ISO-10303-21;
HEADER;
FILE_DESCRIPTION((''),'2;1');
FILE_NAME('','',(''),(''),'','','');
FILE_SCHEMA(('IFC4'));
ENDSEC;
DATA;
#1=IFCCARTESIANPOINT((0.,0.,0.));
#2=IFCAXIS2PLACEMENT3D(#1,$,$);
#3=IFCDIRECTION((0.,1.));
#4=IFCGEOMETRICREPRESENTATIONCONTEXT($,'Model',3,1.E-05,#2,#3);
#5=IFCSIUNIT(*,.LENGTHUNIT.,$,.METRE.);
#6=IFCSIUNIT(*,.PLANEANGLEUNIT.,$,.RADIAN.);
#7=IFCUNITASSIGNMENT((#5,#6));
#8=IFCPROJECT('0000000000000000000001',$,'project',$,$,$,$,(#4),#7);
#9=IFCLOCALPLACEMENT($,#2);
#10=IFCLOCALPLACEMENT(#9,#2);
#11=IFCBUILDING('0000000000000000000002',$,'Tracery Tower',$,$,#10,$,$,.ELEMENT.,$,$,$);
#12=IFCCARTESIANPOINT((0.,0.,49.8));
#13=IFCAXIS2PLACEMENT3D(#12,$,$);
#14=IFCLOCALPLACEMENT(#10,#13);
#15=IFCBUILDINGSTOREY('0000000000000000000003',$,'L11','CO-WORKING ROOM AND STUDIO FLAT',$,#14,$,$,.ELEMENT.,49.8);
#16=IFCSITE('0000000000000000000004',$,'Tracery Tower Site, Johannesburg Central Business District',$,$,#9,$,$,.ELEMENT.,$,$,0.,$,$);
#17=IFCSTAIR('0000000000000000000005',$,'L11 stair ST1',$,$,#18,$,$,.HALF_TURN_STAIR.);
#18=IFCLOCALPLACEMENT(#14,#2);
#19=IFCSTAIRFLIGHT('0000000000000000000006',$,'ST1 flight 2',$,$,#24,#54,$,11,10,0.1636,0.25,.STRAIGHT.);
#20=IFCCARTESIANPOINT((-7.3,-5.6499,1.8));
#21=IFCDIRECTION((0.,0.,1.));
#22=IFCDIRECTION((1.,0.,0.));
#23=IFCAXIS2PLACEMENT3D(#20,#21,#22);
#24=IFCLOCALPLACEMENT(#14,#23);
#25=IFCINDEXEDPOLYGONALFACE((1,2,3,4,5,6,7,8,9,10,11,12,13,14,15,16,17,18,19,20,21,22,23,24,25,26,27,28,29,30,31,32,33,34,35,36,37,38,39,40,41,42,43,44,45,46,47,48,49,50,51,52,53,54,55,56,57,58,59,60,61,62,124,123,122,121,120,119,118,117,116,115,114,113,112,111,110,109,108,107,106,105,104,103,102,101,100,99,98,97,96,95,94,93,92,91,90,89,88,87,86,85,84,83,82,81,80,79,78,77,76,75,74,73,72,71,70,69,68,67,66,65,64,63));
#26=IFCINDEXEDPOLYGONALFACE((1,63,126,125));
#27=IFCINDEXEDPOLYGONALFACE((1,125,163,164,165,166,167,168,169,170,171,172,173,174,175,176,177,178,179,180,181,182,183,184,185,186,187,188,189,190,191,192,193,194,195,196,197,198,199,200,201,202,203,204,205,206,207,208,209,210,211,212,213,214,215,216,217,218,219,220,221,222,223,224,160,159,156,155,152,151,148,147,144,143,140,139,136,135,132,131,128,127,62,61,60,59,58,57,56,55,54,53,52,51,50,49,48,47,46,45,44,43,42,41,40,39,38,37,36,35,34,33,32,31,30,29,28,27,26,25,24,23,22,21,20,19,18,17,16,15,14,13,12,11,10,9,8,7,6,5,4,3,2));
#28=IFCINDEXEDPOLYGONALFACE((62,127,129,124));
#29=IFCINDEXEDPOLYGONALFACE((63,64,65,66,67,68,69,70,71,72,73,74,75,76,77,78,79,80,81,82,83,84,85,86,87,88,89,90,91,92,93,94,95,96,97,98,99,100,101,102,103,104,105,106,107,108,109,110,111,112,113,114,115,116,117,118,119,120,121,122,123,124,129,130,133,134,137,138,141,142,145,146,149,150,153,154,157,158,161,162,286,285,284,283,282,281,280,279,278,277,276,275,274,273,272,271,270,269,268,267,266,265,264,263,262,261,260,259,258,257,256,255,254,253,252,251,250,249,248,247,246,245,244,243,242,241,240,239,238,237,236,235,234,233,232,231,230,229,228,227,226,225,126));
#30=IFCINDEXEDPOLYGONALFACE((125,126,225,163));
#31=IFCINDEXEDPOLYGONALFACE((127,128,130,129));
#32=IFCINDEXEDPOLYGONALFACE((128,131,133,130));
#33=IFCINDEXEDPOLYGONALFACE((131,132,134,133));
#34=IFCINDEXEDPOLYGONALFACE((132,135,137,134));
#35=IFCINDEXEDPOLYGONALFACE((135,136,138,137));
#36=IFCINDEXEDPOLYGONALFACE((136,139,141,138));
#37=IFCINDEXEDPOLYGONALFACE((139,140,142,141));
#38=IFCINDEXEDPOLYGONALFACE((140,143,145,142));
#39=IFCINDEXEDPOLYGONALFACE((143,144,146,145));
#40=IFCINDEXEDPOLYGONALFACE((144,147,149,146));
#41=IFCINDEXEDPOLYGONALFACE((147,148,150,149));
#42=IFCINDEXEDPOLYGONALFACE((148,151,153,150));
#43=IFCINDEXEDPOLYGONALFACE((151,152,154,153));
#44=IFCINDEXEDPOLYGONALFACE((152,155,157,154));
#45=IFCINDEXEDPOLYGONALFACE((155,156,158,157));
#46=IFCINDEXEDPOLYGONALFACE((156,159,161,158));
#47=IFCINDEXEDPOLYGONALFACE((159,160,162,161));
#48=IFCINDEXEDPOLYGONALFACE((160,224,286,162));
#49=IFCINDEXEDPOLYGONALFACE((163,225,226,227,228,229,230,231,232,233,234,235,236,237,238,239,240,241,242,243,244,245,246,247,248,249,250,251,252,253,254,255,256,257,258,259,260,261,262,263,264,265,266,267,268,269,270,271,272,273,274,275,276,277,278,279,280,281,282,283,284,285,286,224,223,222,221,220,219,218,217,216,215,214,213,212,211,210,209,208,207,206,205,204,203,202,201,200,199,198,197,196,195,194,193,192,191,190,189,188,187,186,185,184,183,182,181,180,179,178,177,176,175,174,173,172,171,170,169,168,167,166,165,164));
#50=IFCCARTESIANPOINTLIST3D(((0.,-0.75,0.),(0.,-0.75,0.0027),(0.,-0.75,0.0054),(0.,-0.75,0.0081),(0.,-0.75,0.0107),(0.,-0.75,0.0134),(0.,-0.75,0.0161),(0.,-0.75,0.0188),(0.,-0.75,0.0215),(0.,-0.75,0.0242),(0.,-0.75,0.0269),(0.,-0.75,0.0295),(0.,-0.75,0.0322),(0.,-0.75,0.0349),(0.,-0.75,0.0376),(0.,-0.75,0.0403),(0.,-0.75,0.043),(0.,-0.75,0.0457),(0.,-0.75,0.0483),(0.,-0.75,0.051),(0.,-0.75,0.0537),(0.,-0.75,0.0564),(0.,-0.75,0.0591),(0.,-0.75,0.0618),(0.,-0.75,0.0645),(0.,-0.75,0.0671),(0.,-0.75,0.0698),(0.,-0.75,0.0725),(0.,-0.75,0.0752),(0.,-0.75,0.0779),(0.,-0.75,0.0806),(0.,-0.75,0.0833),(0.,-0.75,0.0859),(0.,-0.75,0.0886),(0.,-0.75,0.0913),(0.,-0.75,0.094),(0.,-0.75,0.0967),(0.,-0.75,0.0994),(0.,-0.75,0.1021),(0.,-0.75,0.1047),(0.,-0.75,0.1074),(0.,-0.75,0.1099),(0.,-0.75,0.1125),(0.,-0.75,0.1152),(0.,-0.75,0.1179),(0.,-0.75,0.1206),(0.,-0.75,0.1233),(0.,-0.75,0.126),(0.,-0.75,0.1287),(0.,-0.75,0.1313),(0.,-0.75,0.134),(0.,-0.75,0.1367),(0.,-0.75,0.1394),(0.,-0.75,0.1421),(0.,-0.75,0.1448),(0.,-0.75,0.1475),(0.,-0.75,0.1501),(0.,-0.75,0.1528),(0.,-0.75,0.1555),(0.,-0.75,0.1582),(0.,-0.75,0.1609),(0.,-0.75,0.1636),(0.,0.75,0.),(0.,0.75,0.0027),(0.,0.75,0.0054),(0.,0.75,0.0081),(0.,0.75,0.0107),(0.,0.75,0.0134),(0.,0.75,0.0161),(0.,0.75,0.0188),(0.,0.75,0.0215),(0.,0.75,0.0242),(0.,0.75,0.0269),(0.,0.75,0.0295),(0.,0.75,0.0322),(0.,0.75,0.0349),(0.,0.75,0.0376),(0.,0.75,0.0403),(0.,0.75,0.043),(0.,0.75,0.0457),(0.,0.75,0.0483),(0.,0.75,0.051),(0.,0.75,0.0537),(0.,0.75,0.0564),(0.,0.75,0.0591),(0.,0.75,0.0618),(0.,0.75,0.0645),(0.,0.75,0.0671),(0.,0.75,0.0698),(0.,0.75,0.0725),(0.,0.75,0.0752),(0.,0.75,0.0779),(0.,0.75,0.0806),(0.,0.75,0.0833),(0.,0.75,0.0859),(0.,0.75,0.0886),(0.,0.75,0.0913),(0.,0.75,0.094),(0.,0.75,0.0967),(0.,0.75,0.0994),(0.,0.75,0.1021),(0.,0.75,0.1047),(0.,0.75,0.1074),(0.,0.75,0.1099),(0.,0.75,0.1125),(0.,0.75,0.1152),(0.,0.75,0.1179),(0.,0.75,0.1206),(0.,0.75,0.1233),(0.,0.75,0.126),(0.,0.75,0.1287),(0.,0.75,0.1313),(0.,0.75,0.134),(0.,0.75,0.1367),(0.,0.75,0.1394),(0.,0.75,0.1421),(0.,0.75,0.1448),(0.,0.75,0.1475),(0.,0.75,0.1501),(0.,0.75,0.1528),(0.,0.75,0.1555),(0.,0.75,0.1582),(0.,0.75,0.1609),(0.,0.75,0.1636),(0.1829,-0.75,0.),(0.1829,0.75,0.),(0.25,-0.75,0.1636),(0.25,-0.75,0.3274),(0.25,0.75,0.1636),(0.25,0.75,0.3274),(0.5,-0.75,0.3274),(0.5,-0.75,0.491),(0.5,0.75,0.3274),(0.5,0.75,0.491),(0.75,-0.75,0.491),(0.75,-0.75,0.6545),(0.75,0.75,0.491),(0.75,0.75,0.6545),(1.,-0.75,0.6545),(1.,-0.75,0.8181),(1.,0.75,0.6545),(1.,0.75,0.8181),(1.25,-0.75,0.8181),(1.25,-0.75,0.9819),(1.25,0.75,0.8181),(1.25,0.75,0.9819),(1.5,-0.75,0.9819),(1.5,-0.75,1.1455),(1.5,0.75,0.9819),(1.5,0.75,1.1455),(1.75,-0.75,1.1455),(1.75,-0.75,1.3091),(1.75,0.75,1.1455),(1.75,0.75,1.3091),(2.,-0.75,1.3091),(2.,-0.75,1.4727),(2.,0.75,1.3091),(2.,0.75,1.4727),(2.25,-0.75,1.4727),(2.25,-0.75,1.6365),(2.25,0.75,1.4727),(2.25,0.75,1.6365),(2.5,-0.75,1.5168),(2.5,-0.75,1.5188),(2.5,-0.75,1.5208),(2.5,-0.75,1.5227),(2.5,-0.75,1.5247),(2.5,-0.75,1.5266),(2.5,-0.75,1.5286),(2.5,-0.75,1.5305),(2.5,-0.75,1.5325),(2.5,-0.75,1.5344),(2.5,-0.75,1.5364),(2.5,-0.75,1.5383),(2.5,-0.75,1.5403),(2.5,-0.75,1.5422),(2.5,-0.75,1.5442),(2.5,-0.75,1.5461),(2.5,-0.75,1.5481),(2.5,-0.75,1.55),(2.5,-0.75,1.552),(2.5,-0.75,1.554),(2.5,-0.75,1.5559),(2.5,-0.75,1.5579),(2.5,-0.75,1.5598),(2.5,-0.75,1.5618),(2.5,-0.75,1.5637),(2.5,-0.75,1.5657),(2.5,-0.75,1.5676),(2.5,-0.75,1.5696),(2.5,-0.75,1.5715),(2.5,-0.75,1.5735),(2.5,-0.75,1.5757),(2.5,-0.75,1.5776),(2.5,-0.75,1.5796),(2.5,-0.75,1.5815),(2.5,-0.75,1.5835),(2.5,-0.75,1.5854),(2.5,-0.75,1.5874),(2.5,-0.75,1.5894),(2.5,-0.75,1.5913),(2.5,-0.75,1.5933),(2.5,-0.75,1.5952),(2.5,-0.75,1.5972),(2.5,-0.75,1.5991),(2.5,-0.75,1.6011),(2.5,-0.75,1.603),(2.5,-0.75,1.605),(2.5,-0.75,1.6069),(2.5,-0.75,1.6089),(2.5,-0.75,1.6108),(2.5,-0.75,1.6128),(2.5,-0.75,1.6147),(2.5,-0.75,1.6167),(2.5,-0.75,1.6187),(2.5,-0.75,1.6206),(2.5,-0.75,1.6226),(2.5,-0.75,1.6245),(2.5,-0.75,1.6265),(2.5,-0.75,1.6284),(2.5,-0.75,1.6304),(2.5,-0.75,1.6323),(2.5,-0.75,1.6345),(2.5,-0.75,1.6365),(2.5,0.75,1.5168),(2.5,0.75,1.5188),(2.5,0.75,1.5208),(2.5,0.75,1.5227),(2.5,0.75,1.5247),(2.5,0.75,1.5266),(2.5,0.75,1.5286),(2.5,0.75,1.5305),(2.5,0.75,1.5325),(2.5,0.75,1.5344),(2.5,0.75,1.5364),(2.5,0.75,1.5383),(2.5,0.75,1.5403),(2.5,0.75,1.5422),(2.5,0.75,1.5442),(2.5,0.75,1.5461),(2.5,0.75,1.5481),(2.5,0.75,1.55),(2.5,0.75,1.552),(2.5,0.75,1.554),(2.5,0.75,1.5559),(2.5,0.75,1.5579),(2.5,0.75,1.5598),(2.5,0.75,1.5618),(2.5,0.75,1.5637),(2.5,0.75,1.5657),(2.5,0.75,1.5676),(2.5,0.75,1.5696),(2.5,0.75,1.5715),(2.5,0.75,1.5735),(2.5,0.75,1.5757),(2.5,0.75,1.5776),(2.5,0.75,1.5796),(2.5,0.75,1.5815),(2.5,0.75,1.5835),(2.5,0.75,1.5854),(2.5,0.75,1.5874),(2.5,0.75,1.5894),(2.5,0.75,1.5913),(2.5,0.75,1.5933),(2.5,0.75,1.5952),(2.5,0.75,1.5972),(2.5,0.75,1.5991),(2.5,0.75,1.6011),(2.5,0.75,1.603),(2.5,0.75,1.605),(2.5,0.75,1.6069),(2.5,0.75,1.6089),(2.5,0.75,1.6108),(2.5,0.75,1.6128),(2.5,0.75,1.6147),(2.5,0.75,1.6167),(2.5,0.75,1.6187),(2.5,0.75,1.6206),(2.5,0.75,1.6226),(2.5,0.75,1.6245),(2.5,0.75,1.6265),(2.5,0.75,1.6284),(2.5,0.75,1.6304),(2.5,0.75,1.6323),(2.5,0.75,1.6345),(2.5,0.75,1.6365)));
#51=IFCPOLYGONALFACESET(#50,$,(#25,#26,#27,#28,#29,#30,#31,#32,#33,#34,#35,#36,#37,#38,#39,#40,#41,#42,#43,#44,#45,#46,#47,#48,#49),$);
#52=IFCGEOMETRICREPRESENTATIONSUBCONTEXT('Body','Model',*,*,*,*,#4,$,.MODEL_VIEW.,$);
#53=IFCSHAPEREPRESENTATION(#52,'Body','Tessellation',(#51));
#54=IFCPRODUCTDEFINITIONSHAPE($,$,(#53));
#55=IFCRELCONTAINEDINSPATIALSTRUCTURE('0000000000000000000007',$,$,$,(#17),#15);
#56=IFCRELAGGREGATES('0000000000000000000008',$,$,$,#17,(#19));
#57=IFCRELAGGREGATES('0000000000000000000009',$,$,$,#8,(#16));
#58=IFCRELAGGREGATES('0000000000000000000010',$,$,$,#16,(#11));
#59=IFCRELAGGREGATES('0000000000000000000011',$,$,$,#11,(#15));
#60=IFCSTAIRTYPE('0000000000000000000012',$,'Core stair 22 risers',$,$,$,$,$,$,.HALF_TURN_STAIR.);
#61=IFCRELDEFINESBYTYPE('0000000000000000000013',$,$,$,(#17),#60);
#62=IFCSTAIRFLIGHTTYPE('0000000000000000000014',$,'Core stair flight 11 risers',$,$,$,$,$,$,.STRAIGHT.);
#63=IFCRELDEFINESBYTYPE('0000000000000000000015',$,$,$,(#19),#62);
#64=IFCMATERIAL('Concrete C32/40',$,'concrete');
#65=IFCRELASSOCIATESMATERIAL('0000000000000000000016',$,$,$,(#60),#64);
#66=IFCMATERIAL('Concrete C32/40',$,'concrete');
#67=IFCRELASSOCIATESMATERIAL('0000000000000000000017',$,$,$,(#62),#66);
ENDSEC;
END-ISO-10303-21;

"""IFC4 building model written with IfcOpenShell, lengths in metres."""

from ifc_helpers import new_model, si_unit, direction, frame, origin, place, context, subcontext, project, spatial, polyline, outline, extrude, material, type_object, element, aggregate, save


model = new_model("IFC4")

# Units and contexts
model_context = context("Model", 3, precision=1e-05, world=origin(), true_north=direction((0.0, 1.0)))
body_context = subcontext(model_context, "Body", "Model", "MODEL_VIEW")
ifc_project = project(units=[si_unit("LENGTHUNIT", "METRE"), si_unit("PLANEANGLEUNIT", "RADIAN")], contexts=[model_context])

# Site, building, storey
site_placement = place(None, origin())
site = spatial("IfcSite", under=ifc_project, at=site_placement, Name="Tracery Tower Site, Johannesburg Central Business District", CompositionType="ELEMENT", RefElevation=0.0)
building_placement = place(site_placement, origin())
building = spatial("IfcBuilding", under=site, at=building_placement, Name="Tracery Tower", CompositionType="ELEMENT")
storey_placement = place(building_placement, frame((0.0, 0.0, 49.8)))
storey = spatial("IfcBuildingStorey", under=building, at=storey_placement, Name="L11", Description="CO-WORKING ROOM AND STUDIO FLAT", CompositionType="ELEMENT", Elevation=49.8)

# Stair, stair flight
ifc_material_1 = material(Name="Concrete C32/40", Category="concrete")
stair_type = type_object("IfcStairType", Name="Core stair 22 risers", PredefinedType="HALF_TURN_STAIR", material=ifc_material_1)
stair_placement = place(storey_placement, origin())
stair = element("IfcStair", 1, at=stair_placement, inside=storey, type_object=stair_type, Name="L11 stair ST1", PredefinedType="HALF_TURN_STAIR")
ifc_material_2 = material(Name="Concrete C32/40", Category="concrete")
stair_flight_type = type_object("IfcStairFlightType", Name="Core stair flight 11 risers", PredefinedType="STRAIGHT", material=ifc_material_2)
stair_flight_1_placement = place(storey_placement, frame((-7.3, -5.6499, 1.8), z_axis=(0.0, 0.0, 1.0), x_axis=(1.0, 0.0, 0.0)))
stair_flight_1 = element("IfcStairFlight", 2, at=stair_flight_1_placement, type_object=stair_flight_type, Name="ST1 flight 2", NumberOfRisers=11, NumberOfTreads=10, PredefinedType="STRAIGHT", RiserHeight=0.1636, TreadLength=0.25, context=body_context, shape_type="SweptSolid", body=[
    extrude(outline(polyline([(0.0, 0.0), (0.0, 0.0027), (0.0, 0.0054), (0.0, 0.0081), (0.0, 0.0107), (0.0, 0.0134), (0.0, 0.0161), (0.0, 0.0188), (0.0, 0.0215), (0.0, 0.0242), (0.0, 0.0269), (0.0, 0.0295), (0.0, 0.0322), (0.0, 0.0349), (0.0, 0.0376), (0.0, 0.0403), (0.0, 0.043), (0.0, 0.0457), (0.0, 0.0483), (0.0, 0.051), (0.0, 0.0537), (0.0, 0.0564), (0.0, 0.0591), (0.0, 0.0618), (0.0, 0.0645), (0.0, 0.0671), (0.0, 0.0698), (0.0, 0.0725), (0.0, 0.0752), (0.0, 0.0779), (0.0, 0.0806), (0.0, 0.0833), (0.0, 0.0859), (0.0, 0.0886), (0.0, 0.0913), (0.0, 0.094), (0.0, 0.0967), (0.0, 0.0994), (0.0, 0.1021), (0.0, 0.1047), (0.0, 0.1074), (0.0, 0.1099), (0.0, 0.1125), (0.0, 0.1152), (0.0, 0.1179), (0.0, 0.1206), (0.0, 0.1233), (0.0, 0.126), (0.0, 0.1287), (0.0, 0.1313), (0.0, 0.134), (0.0, 0.1367), (0.0, 0.1394), (0.0, 0.1421), (0.0, 0.1448), (0.0, 0.1475), (0.0, 0.1501), (0.0, 0.1528), (0.0, 0.1555), (0.0, 0.1582), (0.0, 0.1609), (0.0, 0.1636), (0.25, 0.1636), (0.25, 0.3274), (0.5, 0.3274), (0.5, 0.491), (0.75, 0.491), (0.75, 0.6545), (1.0, 0.6545), (1.0, 0.8181), (1.25, 0.8181), (1.25, 0.9819), (1.5, 0.9819), (1.5, 1.1455), (1.75, 1.1455), (1.75, 1.3091), (2.0, 1.3091), (2.0, 1.4727), (2.25, 1.4727), (2.25, 1.6365), (2.5, 1.6365), (2.5, 1.6345), (2.5, 1.6323), (2.5, 1.6304), (2.5, 1.6284), (2.5, 1.6265), (2.5, 1.6245), (2.5, 1.6226), (2.5, 1.6206), (2.5, 1.6187), (2.5, 1.6167), (2.5, 1.6147), (2.5, 1.6128), (2.5, 1.6108), (2.5, 1.6089), (2.5, 1.6069), (2.5, 1.605), (2.5, 1.603), (2.5, 1.6011), (2.5, 1.5991), (2.5, 1.5972), (2.5, 1.5952), (2.5, 1.5933), (2.5, 1.5913), (2.5, 1.5894), (2.5, 1.5874), (2.5, 1.5854), (2.5, 1.5835), (2.5, 1.5815), (2.5, 1.5796), (2.5, 1.5776), (2.5, 1.5757), (2.5, 1.5735), (2.5, 1.5715), (2.5, 1.5696), (2.5, 1.5676), (2.5, 1.5657), (2.5, 1.5637), (2.5, 1.5618), (2.5, 1.5598), (2.5, 1.5579), (2.5, 1.5559), (2.5, 1.554), (2.5, 1.552), (2.5, 1.55), (2.5, 1.5481), (2.5, 1.5461), (2.5, 1.5442), (2.5, 1.5422), (2.5, 1.5403), (2.5, 1.5383), (2.5, 1.5364), (2.5, 1.5344), (2.5, 1.5325), (2.5, 1.5305), (2.5, 1.5286), (2.5, 1.5266), (2.5, 1.5247), (2.5, 1.5227), (2.5, 1.5208), (2.5, 1.5188), (2.5, 1.5168), (0.1829, 0.0), (0.0, 0.0)])), frame((0.0, 0.75, 0.0), z_axis=(0.0, -1.0, 0.0), x_axis=(1.0, 0.0, 0.0)), (0.0, 0.0, 1.0), 1.5),
])
aggregate(stair, [stair_flight_1])

save(model, "model.ifc")
